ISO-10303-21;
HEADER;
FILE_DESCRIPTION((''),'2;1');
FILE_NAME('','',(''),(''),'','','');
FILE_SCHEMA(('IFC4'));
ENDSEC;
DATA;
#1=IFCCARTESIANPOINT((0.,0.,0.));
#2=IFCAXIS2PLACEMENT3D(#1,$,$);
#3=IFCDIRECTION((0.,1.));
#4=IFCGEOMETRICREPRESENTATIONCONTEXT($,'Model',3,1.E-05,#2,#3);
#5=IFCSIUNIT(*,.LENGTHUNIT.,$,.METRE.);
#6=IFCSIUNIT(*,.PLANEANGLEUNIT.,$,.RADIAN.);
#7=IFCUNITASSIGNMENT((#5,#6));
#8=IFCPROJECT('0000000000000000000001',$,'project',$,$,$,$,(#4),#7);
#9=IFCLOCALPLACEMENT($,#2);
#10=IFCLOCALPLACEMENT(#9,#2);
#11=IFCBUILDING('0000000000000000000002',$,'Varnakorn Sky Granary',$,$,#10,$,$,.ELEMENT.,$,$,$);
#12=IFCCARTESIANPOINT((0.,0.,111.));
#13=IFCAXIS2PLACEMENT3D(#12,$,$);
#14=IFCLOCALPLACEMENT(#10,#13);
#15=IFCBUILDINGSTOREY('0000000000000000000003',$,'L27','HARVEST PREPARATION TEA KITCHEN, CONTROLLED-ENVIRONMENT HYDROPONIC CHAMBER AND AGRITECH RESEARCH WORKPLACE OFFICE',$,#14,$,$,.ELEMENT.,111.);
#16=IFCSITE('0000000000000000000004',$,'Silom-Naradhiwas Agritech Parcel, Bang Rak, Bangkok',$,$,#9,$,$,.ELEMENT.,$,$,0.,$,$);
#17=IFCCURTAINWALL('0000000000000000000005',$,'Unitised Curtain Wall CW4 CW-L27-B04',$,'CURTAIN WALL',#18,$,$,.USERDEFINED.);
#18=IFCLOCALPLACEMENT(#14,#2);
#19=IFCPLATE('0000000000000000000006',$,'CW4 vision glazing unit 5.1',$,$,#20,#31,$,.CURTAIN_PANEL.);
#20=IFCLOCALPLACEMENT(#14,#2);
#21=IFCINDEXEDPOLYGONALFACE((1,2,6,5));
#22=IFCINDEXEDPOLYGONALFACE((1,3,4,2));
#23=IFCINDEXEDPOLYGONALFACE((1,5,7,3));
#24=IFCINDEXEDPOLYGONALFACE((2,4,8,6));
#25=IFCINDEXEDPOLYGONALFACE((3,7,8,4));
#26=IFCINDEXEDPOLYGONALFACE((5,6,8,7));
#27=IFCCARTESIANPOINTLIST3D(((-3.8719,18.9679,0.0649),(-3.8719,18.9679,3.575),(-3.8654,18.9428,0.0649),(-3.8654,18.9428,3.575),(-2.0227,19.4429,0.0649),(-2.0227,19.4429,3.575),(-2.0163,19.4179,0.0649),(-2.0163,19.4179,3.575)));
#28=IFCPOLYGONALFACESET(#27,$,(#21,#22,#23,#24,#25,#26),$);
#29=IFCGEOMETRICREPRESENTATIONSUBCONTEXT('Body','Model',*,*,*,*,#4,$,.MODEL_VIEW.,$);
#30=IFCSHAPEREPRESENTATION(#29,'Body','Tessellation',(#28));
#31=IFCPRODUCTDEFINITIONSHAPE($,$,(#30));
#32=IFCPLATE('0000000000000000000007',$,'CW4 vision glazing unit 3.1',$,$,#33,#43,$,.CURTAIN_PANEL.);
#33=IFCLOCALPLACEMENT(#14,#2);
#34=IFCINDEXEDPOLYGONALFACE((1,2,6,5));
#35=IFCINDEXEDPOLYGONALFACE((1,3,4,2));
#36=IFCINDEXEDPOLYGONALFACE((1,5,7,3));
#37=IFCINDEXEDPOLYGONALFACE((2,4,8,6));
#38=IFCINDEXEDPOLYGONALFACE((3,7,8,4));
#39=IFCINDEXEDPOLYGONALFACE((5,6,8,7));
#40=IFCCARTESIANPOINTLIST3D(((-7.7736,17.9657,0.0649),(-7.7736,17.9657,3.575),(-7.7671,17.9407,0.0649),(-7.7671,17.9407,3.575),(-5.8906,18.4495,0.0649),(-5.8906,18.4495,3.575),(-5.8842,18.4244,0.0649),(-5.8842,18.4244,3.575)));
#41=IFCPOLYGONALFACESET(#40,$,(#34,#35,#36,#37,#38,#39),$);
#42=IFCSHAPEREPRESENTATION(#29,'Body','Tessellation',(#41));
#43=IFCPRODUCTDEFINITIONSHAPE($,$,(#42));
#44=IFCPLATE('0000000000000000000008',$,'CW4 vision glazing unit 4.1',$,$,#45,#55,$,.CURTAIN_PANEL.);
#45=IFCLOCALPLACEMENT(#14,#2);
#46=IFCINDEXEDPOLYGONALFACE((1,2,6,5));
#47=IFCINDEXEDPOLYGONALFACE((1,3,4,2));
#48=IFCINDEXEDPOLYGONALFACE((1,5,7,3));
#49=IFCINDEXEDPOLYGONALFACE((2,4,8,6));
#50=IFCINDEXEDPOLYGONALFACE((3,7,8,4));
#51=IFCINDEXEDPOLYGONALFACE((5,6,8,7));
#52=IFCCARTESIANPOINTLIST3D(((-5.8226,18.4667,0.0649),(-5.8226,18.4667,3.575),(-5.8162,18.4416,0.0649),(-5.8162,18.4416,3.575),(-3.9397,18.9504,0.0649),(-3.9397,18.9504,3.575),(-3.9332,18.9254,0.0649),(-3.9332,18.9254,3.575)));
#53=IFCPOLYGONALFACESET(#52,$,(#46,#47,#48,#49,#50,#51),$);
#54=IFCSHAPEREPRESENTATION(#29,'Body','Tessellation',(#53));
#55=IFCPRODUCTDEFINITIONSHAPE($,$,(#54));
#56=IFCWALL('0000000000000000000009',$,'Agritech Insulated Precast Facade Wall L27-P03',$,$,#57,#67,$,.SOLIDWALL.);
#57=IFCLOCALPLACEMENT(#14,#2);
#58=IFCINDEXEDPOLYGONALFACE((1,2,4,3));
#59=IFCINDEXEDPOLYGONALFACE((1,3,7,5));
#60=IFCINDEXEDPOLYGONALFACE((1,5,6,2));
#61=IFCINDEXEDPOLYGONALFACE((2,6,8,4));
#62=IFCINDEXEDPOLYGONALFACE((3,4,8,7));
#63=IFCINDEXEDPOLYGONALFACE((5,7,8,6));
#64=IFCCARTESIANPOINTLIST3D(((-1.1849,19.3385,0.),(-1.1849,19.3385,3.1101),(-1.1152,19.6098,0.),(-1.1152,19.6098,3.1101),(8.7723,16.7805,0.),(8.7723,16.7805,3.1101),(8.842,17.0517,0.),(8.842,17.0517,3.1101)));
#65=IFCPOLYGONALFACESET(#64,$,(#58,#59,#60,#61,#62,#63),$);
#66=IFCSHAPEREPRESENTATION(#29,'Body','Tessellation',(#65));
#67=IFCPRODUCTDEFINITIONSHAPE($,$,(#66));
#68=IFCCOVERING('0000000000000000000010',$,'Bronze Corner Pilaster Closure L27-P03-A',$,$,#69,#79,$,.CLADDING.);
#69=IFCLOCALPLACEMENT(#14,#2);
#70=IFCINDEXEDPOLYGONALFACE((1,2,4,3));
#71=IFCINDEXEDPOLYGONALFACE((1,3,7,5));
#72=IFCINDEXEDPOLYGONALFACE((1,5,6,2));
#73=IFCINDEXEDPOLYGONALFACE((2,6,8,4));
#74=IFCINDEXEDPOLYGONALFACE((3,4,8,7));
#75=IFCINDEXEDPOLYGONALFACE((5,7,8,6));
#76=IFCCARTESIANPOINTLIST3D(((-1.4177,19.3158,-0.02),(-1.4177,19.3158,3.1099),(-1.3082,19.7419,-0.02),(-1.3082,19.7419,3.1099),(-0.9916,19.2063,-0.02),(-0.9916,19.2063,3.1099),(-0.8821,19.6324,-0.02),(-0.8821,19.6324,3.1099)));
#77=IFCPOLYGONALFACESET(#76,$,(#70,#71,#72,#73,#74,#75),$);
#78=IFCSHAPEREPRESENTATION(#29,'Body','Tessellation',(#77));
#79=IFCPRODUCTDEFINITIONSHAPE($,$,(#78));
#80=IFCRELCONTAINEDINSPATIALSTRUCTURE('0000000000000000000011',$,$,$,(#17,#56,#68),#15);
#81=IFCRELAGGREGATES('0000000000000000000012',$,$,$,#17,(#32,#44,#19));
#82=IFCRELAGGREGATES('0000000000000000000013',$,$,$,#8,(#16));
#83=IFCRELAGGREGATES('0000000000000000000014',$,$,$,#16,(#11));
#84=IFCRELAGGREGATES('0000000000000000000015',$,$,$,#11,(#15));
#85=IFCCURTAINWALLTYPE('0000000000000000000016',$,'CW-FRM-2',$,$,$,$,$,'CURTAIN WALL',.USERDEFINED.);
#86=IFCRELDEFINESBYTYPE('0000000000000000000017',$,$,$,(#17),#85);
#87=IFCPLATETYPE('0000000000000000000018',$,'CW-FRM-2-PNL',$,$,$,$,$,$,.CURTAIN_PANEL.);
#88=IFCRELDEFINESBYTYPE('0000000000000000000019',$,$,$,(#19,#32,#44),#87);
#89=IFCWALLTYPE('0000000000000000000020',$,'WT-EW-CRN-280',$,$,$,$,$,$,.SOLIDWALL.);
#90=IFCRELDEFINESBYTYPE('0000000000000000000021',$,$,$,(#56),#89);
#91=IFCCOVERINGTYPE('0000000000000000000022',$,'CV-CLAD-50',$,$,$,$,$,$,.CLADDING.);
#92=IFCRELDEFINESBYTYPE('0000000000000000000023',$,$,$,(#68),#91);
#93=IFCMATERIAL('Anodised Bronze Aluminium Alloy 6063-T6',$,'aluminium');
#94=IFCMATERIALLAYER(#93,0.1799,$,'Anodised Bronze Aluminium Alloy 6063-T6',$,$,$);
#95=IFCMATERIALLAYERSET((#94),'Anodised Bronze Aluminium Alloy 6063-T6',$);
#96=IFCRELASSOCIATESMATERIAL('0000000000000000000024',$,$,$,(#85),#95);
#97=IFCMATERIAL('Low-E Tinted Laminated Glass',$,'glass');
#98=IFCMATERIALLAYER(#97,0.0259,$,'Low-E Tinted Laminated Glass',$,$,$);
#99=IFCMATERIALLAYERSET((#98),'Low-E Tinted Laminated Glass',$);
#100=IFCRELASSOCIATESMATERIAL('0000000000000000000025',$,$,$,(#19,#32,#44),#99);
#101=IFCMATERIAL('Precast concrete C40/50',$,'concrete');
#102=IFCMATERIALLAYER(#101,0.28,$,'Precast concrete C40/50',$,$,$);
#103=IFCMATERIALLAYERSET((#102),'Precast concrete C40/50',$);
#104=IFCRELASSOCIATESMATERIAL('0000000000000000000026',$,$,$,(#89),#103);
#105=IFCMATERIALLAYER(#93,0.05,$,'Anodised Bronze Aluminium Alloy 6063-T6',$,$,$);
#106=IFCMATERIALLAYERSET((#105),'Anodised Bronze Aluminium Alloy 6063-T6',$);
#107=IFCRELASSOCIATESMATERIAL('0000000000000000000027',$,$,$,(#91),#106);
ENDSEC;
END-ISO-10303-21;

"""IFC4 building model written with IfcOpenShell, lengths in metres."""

from ifc_helpers import new_model, si_unit, direction, frame, frame_2d, origin, origin_2d, place, context, subcontext, project, spatial, rectangle, extrude, source, transform, mapped, material, layer, layer_set, type_object, type_shapes, element, aggregate, save


model = new_model("IFC4")

# Units and contexts
model_context = context("Model", 3, precision=1e-05, world=origin(), true_north=direction((0.0, 1.0)))
body_context = subcontext(model_context, "Body", "Model", "MODEL_VIEW")
ifc_project = project(units=[si_unit("LENGTHUNIT", "METRE"), si_unit("PLANEANGLEUNIT", "RADIAN")], contexts=[model_context])

# Site, building, storey
site_placement = place(None, origin())
site = spatial("IfcSite", under=ifc_project, at=site_placement, Name="Silom-Naradhiwas Agritech Parcel, Bang Rak, Bangkok", CompositionType="ELEMENT", RefElevation=0.0)
building_placement = place(site_placement, origin())
building = spatial("IfcBuilding", under=site, at=building_placement, Name="Varnakorn Sky Granary", CompositionType="ELEMENT")
storey_placement = place(building_placement, frame((0.0, 0.0, 111.0)))
storey = spatial("IfcBuildingStorey", under=building, at=storey_placement, Name="L27", Description="HARVEST PREPARATION TEA KITCHEN, CONTROLLED-ENVIRONMENT HYDROPONIC CHAMBER AND AGRITECH RESEARCH WORKPLACE OFFICE", CompositionType="ELEMENT", Elevation=111.0)

# Curtain wall, plates
ifc_material_1 = material(Name="Anodised Bronze Aluminium Alloy 6063-T6", Category="aluminium")
ifc_layer_1 = layer(ifc_material_1, 0.1799, Name="Anodised Bronze Aluminium Alloy 6063-T6")
ifc_layer_set_1 = layer_set([ifc_layer_1], Name="Anodised Bronze Aluminium Alloy 6063-T6")
curtain_wall_type = type_object("IfcCurtainWallType", Name="CW-FRM-2", ElementType="CURTAIN WALL", PredefinedType="USERDEFINED", material=ifc_layer_set_1)
curtain_wall_placement = place(storey_placement, origin())
curtain_wall = element("IfcCurtainWall", 1, at=curtain_wall_placement, inside=storey, type_object=curtain_wall_type, Name="Unitised Curtain Wall CW4 CW-L27-B04", ObjectType="CURTAIN WALL", PredefinedType="USERDEFINED")
ifc_material_2 = material(Name="Low-E Tinted Laminated Glass", Category="glass")
ifc_layer_2 = layer(ifc_material_2, 0.0259, Name="Low-E Tinted Laminated Glass")
ifc_layer_set_2 = layer_set([ifc_layer_2], Name="Low-E Tinted Laminated Glass")
plate_type = type_object("IfcPlateType", Name="CW-FRM-2-PNL", PredefinedType="CURTAIN_PANEL")
shared_shape_1 = source(origin(), body_context, "Body", "SweptSolid", [
    extrude(rectangle(XDim=1.9092, YDim=0.0259, at=origin_2d()), origin(), (0.0, 0.0, 1.0), 3.51),
])
plate_1_placement = place(storey_placement, frame((-2.9441, 19.1929, 0.0649), z_axis=(0.0, 0.0, 1.0), x_axis=(0.968549, 0.248823, 0.0)))
plate_1 = element("IfcPlate", 2, at=plate_1_placement, type_object=plate_type, material=ifc_layer_set_2, Name="CW4 vision glazing unit 5.1", PredefinedType="CURTAIN_PANEL", context=body_context, shape_type="MappedRepresentation", body=[
    mapped(shared_shape_1, transform((0.0, 0.0, 0.0), x_axis=(1.0, 0.0, 0.0), y_axis=(0.0, 1.0, 0.0), z_axis=(0.0, 0.0, 1.0), scale=1.0)),
])
shared_shape_2 = source(origin(), body_context, "Body", "SweptSolid", [
    extrude(rectangle(XDim=1.9441, YDim=0.0259, at=origin_2d()), origin(), (0.0, 0.0, 1.0), 3.51),
])
type_shapes(plate_type, [shared_shape_1, shared_shape_2])
plate_2_placement = place(storey_placement, frame((-6.8289, 18.1951, 0.0649), z_axis=(0.0, 0.0, 1.0), x_axis=(0.968549, 0.248823, 0.0)))
plate_2 = element("IfcPlate", 3, at=plate_2_placement, type_object=plate_type, material=ifc_layer_set_2, Name="CW4 vision glazing unit 3.1", PredefinedType="CURTAIN_PANEL", context=body_context, shape_type="MappedRepresentation", body=[
    mapped(shared_shape_2, transform((0.0, 0.0, 0.0), x_axis=(1.0, 0.0, 0.0), y_axis=(0.0, 1.0, 0.0), z_axis=(0.0, 0.0, 1.0), scale=1.0)),
])
plate_3_placement = place(storey_placement, frame((-4.8779, 18.696, 0.0649), z_axis=(0.0, 0.0, 1.0), x_axis=(0.968549, 0.248823, 0.0)))
plate_3 = element("IfcPlate", 4, at=plate_3_placement, type_object=plate_type, material=ifc_layer_set_2, Name="CW4 vision glazing unit 4.1", PredefinedType="CURTAIN_PANEL", context=body_context, shape_type="MappedRepresentation", body=[
    mapped(shared_shape_2, transform((0.0, 0.0, 0.0), x_axis=(1.0, 0.0, 0.0), y_axis=(0.0, 1.0, 0.0), z_axis=(0.0, 0.0, 1.0), scale=1.0)),
])
aggregate(curtain_wall, [plate_2, plate_3, plate_1])

# Wall
ifc_material_3 = material(Name="Precast concrete C40/50", Category="concrete")
ifc_layer_3 = layer(ifc_material_3, 0.28, Name="Precast concrete C40/50")
ifc_layer_set_3 = layer_set([ifc_layer_3], Name="Precast concrete C40/50")
wall_type = type_object("IfcWallType", Name="WT-EW-CRN-280", PredefinedType="SOLIDWALL", material=ifc_layer_set_3)
wall_placement = place(storey_placement, frame((-1.1499, 19.4741, 0.0), z_axis=(0.0, 0.0, 1.0), x_axis=(0.968548, -0.248828, 0.0)))
element("IfcWall", 5, at=wall_placement, inside=storey, type_object=wall_type, Name="Agritech Insulated Precast Facade Wall L27-P03", PredefinedType="SOLIDWALL", context=body_context, shape_type="SweptSolid", body=[
    extrude(rectangle(XDim=10.2805, YDim=0.28, at=frame_2d((5.1401, 0.0))), origin(), (0.0, 0.0, 1.0), 3.1101),
])

# Covering
ifc_layer_4 = layer(ifc_material_1, 0.05, Name="Anodised Bronze Aluminium Alloy 6063-T6")
ifc_layer_set_4 = layer_set([ifc_layer_4], Name="Anodised Bronze Aluminium Alloy 6063-T6")
covering_type = type_object("IfcCoveringType", Name="CV-CLAD-50", PredefinedType="CLADDING", material=ifc_layer_set_4)
shared_shape_3 = source(origin(), body_context, "Body", "SweptSolid", [
    extrude(rectangle(XDim=0.4399, YDim=0.4399, at=origin_2d()), origin(), (0.0, 0.0, 1.0), 3.1299),
])
type_shapes(covering_type, [shared_shape_3])
covering_placement = place(storey_placement, frame((-1.1499, 19.4741, -0.02), z_axis=(0.0, 0.0, 1.0), x_axis=(0.96854, -0.248859, 0.0)))
element("IfcCovering", 6, at=covering_placement, inside=storey, type_object=covering_type, Name="Bronze Corner Pilaster Closure L27-P03-A", PredefinedType="CLADDING", context=body_context, shape_type="MappedRepresentation", body=[
    mapped(shared_shape_3, transform((0.0, 0.0, 0.0), x_axis=(1.0, 0.0, 0.0), y_axis=(0.0, 1.0, 0.0), z_axis=(0.0, 0.0, 1.0), scale=1.0)),
])

save(model, "model.ifc")
